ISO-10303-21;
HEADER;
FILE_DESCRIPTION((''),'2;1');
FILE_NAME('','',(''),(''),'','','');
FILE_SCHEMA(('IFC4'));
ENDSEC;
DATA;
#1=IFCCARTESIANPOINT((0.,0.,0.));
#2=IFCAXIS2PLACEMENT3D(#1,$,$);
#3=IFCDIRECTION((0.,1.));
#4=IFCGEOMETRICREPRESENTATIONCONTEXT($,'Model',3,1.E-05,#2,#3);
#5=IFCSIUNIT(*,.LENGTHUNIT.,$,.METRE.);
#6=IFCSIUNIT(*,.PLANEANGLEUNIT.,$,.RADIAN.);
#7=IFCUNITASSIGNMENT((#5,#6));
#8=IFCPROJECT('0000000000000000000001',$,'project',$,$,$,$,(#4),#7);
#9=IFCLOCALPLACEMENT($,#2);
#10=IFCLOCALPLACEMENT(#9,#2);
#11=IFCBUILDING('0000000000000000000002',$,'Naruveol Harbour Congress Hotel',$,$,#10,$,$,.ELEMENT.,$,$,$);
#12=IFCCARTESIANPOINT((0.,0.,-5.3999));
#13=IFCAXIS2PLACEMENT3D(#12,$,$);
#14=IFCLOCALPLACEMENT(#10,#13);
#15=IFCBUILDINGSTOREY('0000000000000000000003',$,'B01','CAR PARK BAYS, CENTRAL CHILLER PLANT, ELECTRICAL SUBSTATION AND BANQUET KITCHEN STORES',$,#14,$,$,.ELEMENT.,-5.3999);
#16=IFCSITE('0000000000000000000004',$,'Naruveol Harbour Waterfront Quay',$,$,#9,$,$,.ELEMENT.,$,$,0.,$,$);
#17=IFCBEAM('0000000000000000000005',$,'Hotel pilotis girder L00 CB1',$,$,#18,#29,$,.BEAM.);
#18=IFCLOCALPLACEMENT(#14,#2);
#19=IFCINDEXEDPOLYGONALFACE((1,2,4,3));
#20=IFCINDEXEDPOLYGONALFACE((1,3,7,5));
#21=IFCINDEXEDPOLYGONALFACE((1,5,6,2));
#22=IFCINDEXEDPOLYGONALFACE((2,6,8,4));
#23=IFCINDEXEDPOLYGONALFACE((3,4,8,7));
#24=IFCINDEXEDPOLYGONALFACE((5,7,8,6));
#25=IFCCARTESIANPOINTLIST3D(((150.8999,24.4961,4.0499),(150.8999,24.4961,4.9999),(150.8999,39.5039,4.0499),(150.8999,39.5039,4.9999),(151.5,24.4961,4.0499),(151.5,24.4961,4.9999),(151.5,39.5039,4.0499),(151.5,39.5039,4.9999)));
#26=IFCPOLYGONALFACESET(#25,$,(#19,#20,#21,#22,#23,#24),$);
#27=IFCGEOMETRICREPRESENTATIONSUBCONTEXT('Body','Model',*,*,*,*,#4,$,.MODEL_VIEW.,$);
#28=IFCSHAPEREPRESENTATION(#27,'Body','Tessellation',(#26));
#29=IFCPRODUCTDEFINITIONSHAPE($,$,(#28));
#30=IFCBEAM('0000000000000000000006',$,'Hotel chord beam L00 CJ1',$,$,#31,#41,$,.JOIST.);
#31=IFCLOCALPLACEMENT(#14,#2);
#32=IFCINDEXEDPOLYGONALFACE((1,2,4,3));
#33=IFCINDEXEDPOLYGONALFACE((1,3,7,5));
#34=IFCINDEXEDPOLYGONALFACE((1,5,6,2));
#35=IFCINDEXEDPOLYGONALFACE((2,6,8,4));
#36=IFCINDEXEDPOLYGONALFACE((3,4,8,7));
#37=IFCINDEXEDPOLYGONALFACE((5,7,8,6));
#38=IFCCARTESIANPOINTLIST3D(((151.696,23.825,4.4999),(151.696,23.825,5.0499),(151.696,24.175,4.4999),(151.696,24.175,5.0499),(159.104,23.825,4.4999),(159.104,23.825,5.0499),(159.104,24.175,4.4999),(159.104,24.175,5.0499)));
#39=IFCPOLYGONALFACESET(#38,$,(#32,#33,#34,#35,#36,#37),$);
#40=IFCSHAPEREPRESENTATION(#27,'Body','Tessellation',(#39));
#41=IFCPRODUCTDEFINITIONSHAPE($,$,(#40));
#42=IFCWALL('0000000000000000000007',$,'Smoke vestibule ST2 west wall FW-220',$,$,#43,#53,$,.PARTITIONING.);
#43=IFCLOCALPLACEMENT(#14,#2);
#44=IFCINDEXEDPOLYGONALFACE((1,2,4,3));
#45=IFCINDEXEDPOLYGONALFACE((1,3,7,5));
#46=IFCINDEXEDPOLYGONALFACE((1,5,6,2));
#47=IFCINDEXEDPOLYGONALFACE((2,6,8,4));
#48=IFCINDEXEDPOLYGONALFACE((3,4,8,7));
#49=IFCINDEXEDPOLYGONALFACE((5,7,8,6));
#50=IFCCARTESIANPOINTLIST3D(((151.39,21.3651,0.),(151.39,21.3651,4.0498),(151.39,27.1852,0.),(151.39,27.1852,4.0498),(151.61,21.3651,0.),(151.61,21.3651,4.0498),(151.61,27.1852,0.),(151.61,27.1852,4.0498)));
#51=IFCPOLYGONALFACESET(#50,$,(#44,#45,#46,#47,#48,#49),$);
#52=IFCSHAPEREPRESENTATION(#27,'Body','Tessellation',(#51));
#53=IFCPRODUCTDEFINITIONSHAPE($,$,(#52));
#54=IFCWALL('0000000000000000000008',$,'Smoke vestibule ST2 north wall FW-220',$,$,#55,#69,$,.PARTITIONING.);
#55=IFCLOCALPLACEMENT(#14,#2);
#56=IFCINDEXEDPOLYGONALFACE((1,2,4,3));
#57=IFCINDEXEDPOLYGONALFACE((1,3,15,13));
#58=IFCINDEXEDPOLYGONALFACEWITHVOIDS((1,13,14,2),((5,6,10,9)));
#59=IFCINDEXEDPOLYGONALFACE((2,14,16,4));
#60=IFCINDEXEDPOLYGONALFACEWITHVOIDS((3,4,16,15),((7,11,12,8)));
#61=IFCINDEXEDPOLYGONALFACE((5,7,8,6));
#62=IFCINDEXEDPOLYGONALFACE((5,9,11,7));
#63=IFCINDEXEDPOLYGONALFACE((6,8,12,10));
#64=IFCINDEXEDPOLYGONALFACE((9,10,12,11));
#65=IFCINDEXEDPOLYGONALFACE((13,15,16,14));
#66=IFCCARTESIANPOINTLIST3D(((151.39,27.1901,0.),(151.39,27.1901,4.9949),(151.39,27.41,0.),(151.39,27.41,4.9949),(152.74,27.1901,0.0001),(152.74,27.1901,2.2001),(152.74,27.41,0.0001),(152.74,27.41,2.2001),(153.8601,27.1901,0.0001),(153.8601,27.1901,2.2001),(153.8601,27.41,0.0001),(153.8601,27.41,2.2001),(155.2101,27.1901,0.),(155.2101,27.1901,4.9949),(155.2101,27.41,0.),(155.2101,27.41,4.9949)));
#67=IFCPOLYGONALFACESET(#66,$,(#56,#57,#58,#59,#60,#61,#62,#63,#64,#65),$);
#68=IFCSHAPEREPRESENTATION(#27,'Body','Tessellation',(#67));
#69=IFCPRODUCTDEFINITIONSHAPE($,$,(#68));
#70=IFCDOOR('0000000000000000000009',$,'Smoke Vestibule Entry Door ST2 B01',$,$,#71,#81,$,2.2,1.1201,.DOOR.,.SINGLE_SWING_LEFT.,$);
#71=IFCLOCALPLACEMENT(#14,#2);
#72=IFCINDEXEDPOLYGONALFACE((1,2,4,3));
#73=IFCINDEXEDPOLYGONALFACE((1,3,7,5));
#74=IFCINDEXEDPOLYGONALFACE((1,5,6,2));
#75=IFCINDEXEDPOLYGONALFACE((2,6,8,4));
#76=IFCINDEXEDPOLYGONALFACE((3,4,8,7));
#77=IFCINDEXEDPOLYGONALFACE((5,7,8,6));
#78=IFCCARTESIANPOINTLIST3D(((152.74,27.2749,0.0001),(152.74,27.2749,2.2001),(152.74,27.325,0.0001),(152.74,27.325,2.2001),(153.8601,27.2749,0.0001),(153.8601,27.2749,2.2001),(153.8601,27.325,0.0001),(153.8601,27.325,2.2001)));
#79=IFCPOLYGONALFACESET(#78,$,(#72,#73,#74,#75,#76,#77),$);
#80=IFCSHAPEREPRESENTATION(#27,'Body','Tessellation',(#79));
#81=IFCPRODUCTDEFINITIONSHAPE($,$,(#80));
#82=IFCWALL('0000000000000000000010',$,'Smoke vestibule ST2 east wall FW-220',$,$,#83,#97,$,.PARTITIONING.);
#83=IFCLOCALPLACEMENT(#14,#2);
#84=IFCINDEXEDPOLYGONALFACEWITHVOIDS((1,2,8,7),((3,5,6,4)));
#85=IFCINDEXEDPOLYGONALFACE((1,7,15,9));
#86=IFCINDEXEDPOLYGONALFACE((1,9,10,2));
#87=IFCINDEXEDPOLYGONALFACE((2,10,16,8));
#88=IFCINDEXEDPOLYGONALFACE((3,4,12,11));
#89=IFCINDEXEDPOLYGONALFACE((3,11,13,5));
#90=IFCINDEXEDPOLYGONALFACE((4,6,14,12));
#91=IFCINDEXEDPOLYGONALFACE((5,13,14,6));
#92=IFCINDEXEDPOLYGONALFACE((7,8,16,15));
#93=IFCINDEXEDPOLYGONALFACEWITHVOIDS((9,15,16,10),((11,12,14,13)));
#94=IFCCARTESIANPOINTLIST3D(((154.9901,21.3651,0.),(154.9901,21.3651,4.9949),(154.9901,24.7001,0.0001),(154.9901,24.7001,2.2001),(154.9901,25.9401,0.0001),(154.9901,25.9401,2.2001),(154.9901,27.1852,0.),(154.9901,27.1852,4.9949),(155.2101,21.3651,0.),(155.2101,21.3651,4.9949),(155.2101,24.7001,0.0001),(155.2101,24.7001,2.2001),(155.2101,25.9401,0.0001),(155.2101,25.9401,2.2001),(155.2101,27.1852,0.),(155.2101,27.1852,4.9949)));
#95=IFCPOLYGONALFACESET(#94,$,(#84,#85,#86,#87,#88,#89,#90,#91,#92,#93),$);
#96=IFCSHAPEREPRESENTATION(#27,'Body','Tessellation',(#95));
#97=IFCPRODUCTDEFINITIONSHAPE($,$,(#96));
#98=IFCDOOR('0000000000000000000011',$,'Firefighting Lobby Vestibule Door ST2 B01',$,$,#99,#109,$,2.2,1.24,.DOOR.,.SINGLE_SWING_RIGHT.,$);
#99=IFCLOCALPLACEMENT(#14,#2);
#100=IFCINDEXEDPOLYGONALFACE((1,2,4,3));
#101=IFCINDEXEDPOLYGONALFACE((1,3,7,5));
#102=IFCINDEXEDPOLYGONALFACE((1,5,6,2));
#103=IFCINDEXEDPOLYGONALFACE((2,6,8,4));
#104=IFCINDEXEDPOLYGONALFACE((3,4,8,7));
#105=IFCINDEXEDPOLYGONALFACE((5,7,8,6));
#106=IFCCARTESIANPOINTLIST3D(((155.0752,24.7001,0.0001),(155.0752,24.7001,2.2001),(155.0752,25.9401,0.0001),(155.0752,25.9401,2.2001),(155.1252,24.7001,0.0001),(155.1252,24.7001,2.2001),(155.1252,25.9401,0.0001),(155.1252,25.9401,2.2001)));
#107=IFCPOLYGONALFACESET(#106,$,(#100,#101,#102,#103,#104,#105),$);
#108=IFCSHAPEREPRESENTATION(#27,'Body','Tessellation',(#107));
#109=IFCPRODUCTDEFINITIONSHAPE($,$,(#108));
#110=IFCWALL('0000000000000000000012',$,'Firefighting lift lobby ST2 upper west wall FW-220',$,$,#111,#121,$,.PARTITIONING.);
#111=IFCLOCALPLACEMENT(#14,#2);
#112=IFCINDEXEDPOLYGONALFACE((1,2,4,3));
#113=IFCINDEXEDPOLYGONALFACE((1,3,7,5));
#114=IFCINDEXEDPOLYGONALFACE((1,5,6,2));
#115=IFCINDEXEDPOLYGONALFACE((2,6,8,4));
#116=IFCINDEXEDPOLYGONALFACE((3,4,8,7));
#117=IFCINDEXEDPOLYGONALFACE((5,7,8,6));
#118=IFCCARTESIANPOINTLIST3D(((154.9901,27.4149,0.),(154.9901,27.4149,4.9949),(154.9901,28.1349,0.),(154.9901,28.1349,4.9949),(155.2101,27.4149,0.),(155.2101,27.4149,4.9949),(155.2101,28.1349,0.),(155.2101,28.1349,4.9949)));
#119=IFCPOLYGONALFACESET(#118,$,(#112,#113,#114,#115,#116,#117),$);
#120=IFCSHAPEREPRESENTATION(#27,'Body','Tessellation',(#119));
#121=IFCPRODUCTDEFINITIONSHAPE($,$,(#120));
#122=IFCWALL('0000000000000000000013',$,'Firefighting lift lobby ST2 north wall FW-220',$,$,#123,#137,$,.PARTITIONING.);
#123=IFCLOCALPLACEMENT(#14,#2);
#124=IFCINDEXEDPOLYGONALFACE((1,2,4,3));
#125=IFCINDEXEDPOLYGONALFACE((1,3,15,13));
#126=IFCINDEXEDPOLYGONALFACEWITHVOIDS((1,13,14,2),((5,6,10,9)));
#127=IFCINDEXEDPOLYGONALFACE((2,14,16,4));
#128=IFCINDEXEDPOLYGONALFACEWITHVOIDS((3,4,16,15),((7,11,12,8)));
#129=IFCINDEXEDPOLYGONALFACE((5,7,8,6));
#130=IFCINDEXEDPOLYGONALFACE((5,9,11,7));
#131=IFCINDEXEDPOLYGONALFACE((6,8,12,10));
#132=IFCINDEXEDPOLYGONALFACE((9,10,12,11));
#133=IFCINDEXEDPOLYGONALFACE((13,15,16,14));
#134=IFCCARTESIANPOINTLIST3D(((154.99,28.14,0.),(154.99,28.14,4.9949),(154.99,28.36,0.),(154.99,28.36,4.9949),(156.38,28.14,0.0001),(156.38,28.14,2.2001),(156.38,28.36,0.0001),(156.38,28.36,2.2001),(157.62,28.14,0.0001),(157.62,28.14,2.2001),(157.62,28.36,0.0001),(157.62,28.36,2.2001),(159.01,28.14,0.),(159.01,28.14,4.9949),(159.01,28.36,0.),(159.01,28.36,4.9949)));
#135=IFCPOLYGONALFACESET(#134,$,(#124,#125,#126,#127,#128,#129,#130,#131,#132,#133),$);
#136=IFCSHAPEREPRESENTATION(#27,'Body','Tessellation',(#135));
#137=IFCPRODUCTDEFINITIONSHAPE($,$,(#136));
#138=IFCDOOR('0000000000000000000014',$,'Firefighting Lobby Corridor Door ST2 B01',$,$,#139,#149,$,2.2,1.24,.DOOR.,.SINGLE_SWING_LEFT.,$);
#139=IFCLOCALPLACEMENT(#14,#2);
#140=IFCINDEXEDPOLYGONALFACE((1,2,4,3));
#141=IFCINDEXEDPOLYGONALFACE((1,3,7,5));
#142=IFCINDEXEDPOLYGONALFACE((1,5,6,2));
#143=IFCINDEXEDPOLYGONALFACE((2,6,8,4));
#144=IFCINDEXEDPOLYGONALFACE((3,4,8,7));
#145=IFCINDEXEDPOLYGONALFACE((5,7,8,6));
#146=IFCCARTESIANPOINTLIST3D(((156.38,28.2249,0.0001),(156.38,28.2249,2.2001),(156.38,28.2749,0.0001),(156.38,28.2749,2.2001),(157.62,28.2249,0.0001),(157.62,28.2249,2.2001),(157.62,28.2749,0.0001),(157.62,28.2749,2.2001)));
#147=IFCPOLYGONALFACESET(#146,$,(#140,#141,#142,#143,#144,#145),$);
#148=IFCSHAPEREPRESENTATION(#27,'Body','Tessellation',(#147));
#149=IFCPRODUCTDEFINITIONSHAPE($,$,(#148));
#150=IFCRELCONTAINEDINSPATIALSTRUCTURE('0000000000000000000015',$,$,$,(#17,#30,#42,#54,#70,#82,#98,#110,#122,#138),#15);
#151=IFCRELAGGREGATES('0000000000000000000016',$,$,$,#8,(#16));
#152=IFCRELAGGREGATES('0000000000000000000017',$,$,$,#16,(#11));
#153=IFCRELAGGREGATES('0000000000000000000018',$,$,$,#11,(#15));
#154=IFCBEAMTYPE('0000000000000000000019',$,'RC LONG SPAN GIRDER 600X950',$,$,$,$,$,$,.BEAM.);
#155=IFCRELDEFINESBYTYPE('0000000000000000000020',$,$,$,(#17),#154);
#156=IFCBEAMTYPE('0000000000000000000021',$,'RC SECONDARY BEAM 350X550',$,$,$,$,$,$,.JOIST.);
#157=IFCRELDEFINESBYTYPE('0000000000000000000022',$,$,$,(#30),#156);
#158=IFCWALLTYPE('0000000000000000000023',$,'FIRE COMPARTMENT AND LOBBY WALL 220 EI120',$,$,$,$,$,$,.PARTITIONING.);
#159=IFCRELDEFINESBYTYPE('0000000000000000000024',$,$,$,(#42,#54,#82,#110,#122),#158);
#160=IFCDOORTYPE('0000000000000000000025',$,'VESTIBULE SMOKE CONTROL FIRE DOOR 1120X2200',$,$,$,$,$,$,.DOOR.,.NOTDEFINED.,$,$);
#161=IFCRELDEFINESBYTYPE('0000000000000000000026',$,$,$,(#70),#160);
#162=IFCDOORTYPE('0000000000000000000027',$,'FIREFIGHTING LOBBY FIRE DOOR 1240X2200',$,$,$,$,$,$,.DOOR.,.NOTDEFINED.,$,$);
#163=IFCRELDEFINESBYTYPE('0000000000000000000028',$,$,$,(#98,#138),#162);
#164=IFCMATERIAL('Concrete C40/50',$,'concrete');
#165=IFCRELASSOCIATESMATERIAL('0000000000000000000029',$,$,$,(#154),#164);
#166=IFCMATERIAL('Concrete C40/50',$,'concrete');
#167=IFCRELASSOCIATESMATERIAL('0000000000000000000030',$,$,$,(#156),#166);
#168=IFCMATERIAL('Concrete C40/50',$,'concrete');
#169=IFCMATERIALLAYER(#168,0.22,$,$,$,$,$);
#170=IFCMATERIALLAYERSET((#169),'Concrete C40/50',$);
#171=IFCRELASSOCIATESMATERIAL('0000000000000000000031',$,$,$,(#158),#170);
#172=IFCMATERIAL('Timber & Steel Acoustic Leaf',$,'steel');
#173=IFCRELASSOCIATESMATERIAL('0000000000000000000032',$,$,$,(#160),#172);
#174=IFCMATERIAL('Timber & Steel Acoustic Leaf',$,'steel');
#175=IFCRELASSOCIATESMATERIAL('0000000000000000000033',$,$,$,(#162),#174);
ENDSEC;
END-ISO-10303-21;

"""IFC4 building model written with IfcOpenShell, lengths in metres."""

from ifc_helpers import new_model, si_unit, direction, frame, frame_2d, origin, origin_2d, place, context, subcontext, project, spatial, rectangle, extrude, material, layer, layer_set, material_profile, profile_set, type_object, element, fill, save


model = new_model("IFC4")

# Units and contexts
model_context = context("Model", 3, precision=1e-05, world=origin(), true_north=direction((0.0, 1.0)))
body_context = subcontext(model_context, "Body", "Model", "MODEL_VIEW")
ifc_project = project(units=[si_unit("LENGTHUNIT", "METRE"), si_unit("PLANEANGLEUNIT", "RADIAN")], contexts=[model_context])

# Site, building, storey
site_placement = place(None, origin())
site = spatial("IfcSite", under=ifc_project, at=site_placement, Name="Naruveol Harbour Waterfront Quay", CompositionType="ELEMENT", RefElevation=0.0)
building_placement = place(site_placement, origin())
building = spatial("IfcBuilding", under=site, at=building_placement, Name="Naruveol Harbour Congress Hotel", CompositionType="ELEMENT")
storey_placement = place(building_placement, frame((0.0, 0.0, -5.3999)))
storey = spatial("IfcBuildingStorey", under=building, at=storey_placement, Name="B01", Description="CAR PARK BAYS, CENTRAL CHILLER PLANT, ELECTRICAL SUBSTATION AND BANQUET KITCHEN STORES", CompositionType="ELEMENT", Elevation=-5.3999)

# Beams
ifc_material_1 = material(Name="Concrete C40/50", Category="concrete")
ifc_material_profile_1 = material_profile(ifc_material_1, rectangle(XDim=0.6001, YDim=0.95, at=origin_2d()), Name="RCB-600x950")
ifc_profile_set_1 = profile_set([ifc_material_profile_1], Name="Concrete C40/50")
beam_type_1 = type_object("IfcBeamType", Name="RC LONG SPAN GIRDER 600X950", PredefinedType="BEAM", material=ifc_profile_set_1)
beam_1_placement = place(storey_placement, frame((151.2, 24.4961, 4.5249), z_axis=(0.0, 1.0, 0.0), x_axis=(-1.0, 0.0, 0.0)))
element("IfcBeam", 1, at=beam_1_placement, inside=storey, type_object=beam_type_1, Name="Hotel pilotis girder L00 CB1", PredefinedType="BEAM", context=body_context, shape_type="SweptSolid", body=[
    extrude(rectangle(XDim=0.6001, YDim=0.95, at=origin_2d()), origin(), (0.0, 0.0, 1.0), 15.0078),
])
ifc_material_2 = material(Name="Concrete C40/50", Category="concrete")
ifc_material_profile_2 = material_profile(ifc_material_2, rectangle(XDim=0.3501, YDim=0.55, at=origin_2d()), Name="RCB-350x550")
ifc_profile_set_2 = profile_set([ifc_material_profile_2], Name="Concrete C40/50")
beam_type_2 = type_object("IfcBeamType", Name="RC SECONDARY BEAM 350X550", PredefinedType="JOIST", material=ifc_profile_set_2)
beam_2_placement = place(storey_placement, frame((151.696, 24.0, 4.7749), z_axis=(1.0, 0.0, 0.0), x_axis=(0.0, 1.0, 0.0)))
element("IfcBeam", 2, at=beam_2_placement, inside=storey, type_object=beam_type_2, Name="Hotel chord beam L00 CJ1", PredefinedType="JOIST", context=body_context, shape_type="SweptSolid", body=[
    extrude(rectangle(XDim=0.3501, YDim=0.55, at=origin_2d()), origin(), (0.0, 0.0, 1.0), 7.408),
])

# Wall
ifc_material_3 = material(Name="Concrete C40/50", Category="concrete")
ifc_layer_1 = layer(ifc_material_3, 0.22)
ifc_layer_set_1 = layer_set([ifc_layer_1], Name="Concrete C40/50")
wall_type_1 = type_object("IfcWallType", Name="FIRE COMPARTMENT AND LOBBY WALL 220 EI120", PredefinedType="PARTITIONING", material=ifc_layer_set_1)
wall_1_placement = place(storey_placement, frame((151.5, 21.365, 0.0), z_axis=(0.0, 0.0, 1.0), x_axis=(0.0, 1.0, 0.0)))
element("IfcWall", 3, at=wall_1_placement, inside=storey, type_object=wall_type_1, Name="Smoke vestibule ST2 west wall FW-220", PredefinedType="PARTITIONING", context=body_context, shape_type="SweptSolid", body=[
    extrude(rectangle(XDim=5.8201, YDim=0.22, at=frame_2d((2.9102, 0.0))), origin(), (0.0, 0.0, 1.0), 4.0498),
])

# Walls, openings, doors
wall_2_placement = place(storey_placement, frame((151.3899, 27.3, 0.0), z_axis=(0.0, 0.0, 1.0), x_axis=(1.0, 0.0, 0.0)))
wall_2 = element("IfcWall", 4, at=wall_2_placement, inside=storey, type_object=wall_type_1, Name="Smoke vestibule ST2 north wall FW-220", PredefinedType="PARTITIONING", context=body_context, shape_type="SweptSolid", body=[
    extrude(rectangle(XDim=3.8201, YDim=0.22, at=frame_2d((1.9102, 0.0))), origin(), (0.0, 0.0, 1.0), 4.9949),
])
opening_1_placement = place(wall_2_placement, frame((1.3501, 0.0, 0.0)))
opening_1 = element("IfcOpeningElement", 5, at=opening_1_placement, cuts=wall_2, PredefinedType="OPENING", context=body_context, shape_type="SweptSolid", body=[
    extrude(rectangle(XDim=1.1201, YDim=2.2, at=frame_2d((0.5601, 1.1001))), frame((0.0, 0.1199, 0.0), z_axis=(0.0, -1.0, 0.0), x_axis=(1.0, 0.0, 0.0)), (0.0, 0.0, 1.0), 0.24),
])
ifc_material_4 = material(Name="Timber & Steel Acoustic Leaf", Category="steel")
door_type_1 = type_object("IfcDoorType", Name="VESTIBULE SMOKE CONTROL FIRE DOOR 1120X2200", OperationType="NOTDEFINED", PredefinedType="DOOR", material=ifc_material_4)
door_1_placement = place(opening_1_placement, origin())
door_1 = element("IfcDoor", 6, at=door_1_placement, inside=storey, type_object=door_type_1, Name="Smoke Vestibule Entry Door ST2 B01", OperationType="SINGLE_SWING_LEFT", OverallHeight=2.2, OverallWidth=1.1201, PredefinedType="DOOR", context=body_context, shape_type="SweptSolid", body=[
    extrude(rectangle(XDim=1.1201, YDim=2.2, at=frame_2d((0.5601, 1.1001))), frame((0.0, 0.0249, 0.0), z_axis=(0.0, -1.0, 0.0), x_axis=(1.0, 0.0, 0.0)), (0.0, 0.0, 1.0), 0.05),
])
fill(opening_1, door_1)
wall_3_placement = place(storey_placement, frame((155.1001, 21.365, 0.0), z_axis=(0.0, 0.0, 1.0), x_axis=(0.0, 1.0, 0.0)))
wall_3 = element("IfcWall", 7, at=wall_3_placement, inside=storey, type_object=wall_type_1, Name="Smoke vestibule ST2 east wall FW-220", PredefinedType="PARTITIONING", context=body_context, shape_type="SweptSolid", body=[
    extrude(rectangle(XDim=5.8201, YDim=0.22, at=frame_2d((2.9102, 0.0))), origin(), (0.0, 0.0, 1.0), 4.9949),
])
opening_2_placement = place(wall_3_placement, frame((3.335, 0.0, 0.0)))
opening_2 = element("IfcOpeningElement", 8, at=opening_2_placement, cuts=wall_3, PredefinedType="OPENING", context=body_context, shape_type="SweptSolid", body=[
    extrude(rectangle(XDim=1.24, YDim=2.2, at=frame_2d((0.6201, 1.1001))), frame((0.0, 0.1199, 0.0), z_axis=(0.0, -1.0, 0.0), x_axis=(1.0, 0.0, 0.0)), (0.0, 0.0, 1.0), 0.24),
])
ifc_material_5 = material(Name="Timber & Steel Acoustic Leaf", Category="steel")
door_type_2 = type_object("IfcDoorType", Name="FIREFIGHTING LOBBY FIRE DOOR 1240X2200", OperationType="NOTDEFINED", PredefinedType="DOOR", material=ifc_material_5)
door_2_placement = place(opening_2_placement, origin())
door_2 = element("IfcDoor", 9, at=door_2_placement, inside=storey, type_object=door_type_2, Name="Firefighting Lobby Vestibule Door ST2 B01", OperationType="SINGLE_SWING_RIGHT", OverallHeight=2.2, OverallWidth=1.24, PredefinedType="DOOR", context=body_context, shape_type="SweptSolid", body=[
    extrude(rectangle(XDim=1.24, YDim=2.2, at=frame_2d((0.6201, 1.1001))), frame((0.0, 0.0249, 0.0), z_axis=(0.0, -1.0, 0.0), x_axis=(1.0, 0.0, 0.0)), (0.0, 0.0, 1.0), 0.05),
])
fill(opening_2, door_2)

# Wall
wall_4_placement = place(storey_placement, frame((155.1001, 27.415, 0.0), z_axis=(0.0, 0.0, 1.0), x_axis=(0.0, 1.0, 0.0)))
element("IfcWall", 10, at=wall_4_placement, inside=storey, type_object=wall_type_1, Name="Firefighting lift lobby ST2 upper west wall FW-220", PredefinedType="PARTITIONING", context=body_context, shape_type="SweptSolid", body=[
    extrude(rectangle(XDim=0.72, YDim=0.22, at=frame_2d((0.3599, 0.0))), origin(), (0.0, 0.0, 1.0), 4.9949),
])

# Wall, opening, door
wall_5_placement = place(storey_placement, frame((154.99, 28.25, 0.0), z_axis=(0.0, 0.0, 1.0), x_axis=(1.0, 0.0, 0.0)))
wall_5 = element("IfcWall", 11, at=wall_5_placement, inside=storey, type_object=wall_type_1, Name="Firefighting lift lobby ST2 north wall FW-220", PredefinedType="PARTITIONING", context=body_context, shape_type="SweptSolid", body=[
    extrude(rectangle(XDim=4.02, YDim=0.22, at=frame_2d((2.01, 0.0))), origin(), (0.0, 0.0, 1.0), 4.9949),
])
opening_3_placement = place(wall_5_placement, frame((1.3899, 0.0, 0.0)))
opening_3 = element("IfcOpeningElement", 12, at=opening_3_placement, cuts=wall_5, PredefinedType="OPENING", context=body_context, shape_type="SweptSolid", body=[
    extrude(rectangle(XDim=1.24, YDim=2.2, at=frame_2d((0.6201, 1.1001))), frame((0.0, 0.1199, 0.0), z_axis=(0.0, -1.0, 0.0), x_axis=(1.0, 0.0, 0.0)), (0.0, 0.0, 1.0), 0.24),
])
door_3_placement = place(opening_3_placement, origin())
door_3 = element("IfcDoor", 13, at=door_3_placement, inside=storey, type_object=door_type_2, Name="Firefighting Lobby Corridor Door ST2 B01", OperationType="SINGLE_SWING_LEFT", OverallHeight=2.2, OverallWidth=1.24, PredefinedType="DOOR", context=body_context, shape_type="SweptSolid", body=[
    extrude(rectangle(XDim=1.24, YDim=2.2, at=frame_2d((0.6201, 1.1001))), frame((0.0, 0.0249, 0.0), z_axis=(0.0, -1.0, 0.0), x_axis=(1.0, 0.0, 0.0)), (0.0, 0.0, 1.0), 0.05),
])
fill(opening_3, door_3)

save(model, "model.ifc")
